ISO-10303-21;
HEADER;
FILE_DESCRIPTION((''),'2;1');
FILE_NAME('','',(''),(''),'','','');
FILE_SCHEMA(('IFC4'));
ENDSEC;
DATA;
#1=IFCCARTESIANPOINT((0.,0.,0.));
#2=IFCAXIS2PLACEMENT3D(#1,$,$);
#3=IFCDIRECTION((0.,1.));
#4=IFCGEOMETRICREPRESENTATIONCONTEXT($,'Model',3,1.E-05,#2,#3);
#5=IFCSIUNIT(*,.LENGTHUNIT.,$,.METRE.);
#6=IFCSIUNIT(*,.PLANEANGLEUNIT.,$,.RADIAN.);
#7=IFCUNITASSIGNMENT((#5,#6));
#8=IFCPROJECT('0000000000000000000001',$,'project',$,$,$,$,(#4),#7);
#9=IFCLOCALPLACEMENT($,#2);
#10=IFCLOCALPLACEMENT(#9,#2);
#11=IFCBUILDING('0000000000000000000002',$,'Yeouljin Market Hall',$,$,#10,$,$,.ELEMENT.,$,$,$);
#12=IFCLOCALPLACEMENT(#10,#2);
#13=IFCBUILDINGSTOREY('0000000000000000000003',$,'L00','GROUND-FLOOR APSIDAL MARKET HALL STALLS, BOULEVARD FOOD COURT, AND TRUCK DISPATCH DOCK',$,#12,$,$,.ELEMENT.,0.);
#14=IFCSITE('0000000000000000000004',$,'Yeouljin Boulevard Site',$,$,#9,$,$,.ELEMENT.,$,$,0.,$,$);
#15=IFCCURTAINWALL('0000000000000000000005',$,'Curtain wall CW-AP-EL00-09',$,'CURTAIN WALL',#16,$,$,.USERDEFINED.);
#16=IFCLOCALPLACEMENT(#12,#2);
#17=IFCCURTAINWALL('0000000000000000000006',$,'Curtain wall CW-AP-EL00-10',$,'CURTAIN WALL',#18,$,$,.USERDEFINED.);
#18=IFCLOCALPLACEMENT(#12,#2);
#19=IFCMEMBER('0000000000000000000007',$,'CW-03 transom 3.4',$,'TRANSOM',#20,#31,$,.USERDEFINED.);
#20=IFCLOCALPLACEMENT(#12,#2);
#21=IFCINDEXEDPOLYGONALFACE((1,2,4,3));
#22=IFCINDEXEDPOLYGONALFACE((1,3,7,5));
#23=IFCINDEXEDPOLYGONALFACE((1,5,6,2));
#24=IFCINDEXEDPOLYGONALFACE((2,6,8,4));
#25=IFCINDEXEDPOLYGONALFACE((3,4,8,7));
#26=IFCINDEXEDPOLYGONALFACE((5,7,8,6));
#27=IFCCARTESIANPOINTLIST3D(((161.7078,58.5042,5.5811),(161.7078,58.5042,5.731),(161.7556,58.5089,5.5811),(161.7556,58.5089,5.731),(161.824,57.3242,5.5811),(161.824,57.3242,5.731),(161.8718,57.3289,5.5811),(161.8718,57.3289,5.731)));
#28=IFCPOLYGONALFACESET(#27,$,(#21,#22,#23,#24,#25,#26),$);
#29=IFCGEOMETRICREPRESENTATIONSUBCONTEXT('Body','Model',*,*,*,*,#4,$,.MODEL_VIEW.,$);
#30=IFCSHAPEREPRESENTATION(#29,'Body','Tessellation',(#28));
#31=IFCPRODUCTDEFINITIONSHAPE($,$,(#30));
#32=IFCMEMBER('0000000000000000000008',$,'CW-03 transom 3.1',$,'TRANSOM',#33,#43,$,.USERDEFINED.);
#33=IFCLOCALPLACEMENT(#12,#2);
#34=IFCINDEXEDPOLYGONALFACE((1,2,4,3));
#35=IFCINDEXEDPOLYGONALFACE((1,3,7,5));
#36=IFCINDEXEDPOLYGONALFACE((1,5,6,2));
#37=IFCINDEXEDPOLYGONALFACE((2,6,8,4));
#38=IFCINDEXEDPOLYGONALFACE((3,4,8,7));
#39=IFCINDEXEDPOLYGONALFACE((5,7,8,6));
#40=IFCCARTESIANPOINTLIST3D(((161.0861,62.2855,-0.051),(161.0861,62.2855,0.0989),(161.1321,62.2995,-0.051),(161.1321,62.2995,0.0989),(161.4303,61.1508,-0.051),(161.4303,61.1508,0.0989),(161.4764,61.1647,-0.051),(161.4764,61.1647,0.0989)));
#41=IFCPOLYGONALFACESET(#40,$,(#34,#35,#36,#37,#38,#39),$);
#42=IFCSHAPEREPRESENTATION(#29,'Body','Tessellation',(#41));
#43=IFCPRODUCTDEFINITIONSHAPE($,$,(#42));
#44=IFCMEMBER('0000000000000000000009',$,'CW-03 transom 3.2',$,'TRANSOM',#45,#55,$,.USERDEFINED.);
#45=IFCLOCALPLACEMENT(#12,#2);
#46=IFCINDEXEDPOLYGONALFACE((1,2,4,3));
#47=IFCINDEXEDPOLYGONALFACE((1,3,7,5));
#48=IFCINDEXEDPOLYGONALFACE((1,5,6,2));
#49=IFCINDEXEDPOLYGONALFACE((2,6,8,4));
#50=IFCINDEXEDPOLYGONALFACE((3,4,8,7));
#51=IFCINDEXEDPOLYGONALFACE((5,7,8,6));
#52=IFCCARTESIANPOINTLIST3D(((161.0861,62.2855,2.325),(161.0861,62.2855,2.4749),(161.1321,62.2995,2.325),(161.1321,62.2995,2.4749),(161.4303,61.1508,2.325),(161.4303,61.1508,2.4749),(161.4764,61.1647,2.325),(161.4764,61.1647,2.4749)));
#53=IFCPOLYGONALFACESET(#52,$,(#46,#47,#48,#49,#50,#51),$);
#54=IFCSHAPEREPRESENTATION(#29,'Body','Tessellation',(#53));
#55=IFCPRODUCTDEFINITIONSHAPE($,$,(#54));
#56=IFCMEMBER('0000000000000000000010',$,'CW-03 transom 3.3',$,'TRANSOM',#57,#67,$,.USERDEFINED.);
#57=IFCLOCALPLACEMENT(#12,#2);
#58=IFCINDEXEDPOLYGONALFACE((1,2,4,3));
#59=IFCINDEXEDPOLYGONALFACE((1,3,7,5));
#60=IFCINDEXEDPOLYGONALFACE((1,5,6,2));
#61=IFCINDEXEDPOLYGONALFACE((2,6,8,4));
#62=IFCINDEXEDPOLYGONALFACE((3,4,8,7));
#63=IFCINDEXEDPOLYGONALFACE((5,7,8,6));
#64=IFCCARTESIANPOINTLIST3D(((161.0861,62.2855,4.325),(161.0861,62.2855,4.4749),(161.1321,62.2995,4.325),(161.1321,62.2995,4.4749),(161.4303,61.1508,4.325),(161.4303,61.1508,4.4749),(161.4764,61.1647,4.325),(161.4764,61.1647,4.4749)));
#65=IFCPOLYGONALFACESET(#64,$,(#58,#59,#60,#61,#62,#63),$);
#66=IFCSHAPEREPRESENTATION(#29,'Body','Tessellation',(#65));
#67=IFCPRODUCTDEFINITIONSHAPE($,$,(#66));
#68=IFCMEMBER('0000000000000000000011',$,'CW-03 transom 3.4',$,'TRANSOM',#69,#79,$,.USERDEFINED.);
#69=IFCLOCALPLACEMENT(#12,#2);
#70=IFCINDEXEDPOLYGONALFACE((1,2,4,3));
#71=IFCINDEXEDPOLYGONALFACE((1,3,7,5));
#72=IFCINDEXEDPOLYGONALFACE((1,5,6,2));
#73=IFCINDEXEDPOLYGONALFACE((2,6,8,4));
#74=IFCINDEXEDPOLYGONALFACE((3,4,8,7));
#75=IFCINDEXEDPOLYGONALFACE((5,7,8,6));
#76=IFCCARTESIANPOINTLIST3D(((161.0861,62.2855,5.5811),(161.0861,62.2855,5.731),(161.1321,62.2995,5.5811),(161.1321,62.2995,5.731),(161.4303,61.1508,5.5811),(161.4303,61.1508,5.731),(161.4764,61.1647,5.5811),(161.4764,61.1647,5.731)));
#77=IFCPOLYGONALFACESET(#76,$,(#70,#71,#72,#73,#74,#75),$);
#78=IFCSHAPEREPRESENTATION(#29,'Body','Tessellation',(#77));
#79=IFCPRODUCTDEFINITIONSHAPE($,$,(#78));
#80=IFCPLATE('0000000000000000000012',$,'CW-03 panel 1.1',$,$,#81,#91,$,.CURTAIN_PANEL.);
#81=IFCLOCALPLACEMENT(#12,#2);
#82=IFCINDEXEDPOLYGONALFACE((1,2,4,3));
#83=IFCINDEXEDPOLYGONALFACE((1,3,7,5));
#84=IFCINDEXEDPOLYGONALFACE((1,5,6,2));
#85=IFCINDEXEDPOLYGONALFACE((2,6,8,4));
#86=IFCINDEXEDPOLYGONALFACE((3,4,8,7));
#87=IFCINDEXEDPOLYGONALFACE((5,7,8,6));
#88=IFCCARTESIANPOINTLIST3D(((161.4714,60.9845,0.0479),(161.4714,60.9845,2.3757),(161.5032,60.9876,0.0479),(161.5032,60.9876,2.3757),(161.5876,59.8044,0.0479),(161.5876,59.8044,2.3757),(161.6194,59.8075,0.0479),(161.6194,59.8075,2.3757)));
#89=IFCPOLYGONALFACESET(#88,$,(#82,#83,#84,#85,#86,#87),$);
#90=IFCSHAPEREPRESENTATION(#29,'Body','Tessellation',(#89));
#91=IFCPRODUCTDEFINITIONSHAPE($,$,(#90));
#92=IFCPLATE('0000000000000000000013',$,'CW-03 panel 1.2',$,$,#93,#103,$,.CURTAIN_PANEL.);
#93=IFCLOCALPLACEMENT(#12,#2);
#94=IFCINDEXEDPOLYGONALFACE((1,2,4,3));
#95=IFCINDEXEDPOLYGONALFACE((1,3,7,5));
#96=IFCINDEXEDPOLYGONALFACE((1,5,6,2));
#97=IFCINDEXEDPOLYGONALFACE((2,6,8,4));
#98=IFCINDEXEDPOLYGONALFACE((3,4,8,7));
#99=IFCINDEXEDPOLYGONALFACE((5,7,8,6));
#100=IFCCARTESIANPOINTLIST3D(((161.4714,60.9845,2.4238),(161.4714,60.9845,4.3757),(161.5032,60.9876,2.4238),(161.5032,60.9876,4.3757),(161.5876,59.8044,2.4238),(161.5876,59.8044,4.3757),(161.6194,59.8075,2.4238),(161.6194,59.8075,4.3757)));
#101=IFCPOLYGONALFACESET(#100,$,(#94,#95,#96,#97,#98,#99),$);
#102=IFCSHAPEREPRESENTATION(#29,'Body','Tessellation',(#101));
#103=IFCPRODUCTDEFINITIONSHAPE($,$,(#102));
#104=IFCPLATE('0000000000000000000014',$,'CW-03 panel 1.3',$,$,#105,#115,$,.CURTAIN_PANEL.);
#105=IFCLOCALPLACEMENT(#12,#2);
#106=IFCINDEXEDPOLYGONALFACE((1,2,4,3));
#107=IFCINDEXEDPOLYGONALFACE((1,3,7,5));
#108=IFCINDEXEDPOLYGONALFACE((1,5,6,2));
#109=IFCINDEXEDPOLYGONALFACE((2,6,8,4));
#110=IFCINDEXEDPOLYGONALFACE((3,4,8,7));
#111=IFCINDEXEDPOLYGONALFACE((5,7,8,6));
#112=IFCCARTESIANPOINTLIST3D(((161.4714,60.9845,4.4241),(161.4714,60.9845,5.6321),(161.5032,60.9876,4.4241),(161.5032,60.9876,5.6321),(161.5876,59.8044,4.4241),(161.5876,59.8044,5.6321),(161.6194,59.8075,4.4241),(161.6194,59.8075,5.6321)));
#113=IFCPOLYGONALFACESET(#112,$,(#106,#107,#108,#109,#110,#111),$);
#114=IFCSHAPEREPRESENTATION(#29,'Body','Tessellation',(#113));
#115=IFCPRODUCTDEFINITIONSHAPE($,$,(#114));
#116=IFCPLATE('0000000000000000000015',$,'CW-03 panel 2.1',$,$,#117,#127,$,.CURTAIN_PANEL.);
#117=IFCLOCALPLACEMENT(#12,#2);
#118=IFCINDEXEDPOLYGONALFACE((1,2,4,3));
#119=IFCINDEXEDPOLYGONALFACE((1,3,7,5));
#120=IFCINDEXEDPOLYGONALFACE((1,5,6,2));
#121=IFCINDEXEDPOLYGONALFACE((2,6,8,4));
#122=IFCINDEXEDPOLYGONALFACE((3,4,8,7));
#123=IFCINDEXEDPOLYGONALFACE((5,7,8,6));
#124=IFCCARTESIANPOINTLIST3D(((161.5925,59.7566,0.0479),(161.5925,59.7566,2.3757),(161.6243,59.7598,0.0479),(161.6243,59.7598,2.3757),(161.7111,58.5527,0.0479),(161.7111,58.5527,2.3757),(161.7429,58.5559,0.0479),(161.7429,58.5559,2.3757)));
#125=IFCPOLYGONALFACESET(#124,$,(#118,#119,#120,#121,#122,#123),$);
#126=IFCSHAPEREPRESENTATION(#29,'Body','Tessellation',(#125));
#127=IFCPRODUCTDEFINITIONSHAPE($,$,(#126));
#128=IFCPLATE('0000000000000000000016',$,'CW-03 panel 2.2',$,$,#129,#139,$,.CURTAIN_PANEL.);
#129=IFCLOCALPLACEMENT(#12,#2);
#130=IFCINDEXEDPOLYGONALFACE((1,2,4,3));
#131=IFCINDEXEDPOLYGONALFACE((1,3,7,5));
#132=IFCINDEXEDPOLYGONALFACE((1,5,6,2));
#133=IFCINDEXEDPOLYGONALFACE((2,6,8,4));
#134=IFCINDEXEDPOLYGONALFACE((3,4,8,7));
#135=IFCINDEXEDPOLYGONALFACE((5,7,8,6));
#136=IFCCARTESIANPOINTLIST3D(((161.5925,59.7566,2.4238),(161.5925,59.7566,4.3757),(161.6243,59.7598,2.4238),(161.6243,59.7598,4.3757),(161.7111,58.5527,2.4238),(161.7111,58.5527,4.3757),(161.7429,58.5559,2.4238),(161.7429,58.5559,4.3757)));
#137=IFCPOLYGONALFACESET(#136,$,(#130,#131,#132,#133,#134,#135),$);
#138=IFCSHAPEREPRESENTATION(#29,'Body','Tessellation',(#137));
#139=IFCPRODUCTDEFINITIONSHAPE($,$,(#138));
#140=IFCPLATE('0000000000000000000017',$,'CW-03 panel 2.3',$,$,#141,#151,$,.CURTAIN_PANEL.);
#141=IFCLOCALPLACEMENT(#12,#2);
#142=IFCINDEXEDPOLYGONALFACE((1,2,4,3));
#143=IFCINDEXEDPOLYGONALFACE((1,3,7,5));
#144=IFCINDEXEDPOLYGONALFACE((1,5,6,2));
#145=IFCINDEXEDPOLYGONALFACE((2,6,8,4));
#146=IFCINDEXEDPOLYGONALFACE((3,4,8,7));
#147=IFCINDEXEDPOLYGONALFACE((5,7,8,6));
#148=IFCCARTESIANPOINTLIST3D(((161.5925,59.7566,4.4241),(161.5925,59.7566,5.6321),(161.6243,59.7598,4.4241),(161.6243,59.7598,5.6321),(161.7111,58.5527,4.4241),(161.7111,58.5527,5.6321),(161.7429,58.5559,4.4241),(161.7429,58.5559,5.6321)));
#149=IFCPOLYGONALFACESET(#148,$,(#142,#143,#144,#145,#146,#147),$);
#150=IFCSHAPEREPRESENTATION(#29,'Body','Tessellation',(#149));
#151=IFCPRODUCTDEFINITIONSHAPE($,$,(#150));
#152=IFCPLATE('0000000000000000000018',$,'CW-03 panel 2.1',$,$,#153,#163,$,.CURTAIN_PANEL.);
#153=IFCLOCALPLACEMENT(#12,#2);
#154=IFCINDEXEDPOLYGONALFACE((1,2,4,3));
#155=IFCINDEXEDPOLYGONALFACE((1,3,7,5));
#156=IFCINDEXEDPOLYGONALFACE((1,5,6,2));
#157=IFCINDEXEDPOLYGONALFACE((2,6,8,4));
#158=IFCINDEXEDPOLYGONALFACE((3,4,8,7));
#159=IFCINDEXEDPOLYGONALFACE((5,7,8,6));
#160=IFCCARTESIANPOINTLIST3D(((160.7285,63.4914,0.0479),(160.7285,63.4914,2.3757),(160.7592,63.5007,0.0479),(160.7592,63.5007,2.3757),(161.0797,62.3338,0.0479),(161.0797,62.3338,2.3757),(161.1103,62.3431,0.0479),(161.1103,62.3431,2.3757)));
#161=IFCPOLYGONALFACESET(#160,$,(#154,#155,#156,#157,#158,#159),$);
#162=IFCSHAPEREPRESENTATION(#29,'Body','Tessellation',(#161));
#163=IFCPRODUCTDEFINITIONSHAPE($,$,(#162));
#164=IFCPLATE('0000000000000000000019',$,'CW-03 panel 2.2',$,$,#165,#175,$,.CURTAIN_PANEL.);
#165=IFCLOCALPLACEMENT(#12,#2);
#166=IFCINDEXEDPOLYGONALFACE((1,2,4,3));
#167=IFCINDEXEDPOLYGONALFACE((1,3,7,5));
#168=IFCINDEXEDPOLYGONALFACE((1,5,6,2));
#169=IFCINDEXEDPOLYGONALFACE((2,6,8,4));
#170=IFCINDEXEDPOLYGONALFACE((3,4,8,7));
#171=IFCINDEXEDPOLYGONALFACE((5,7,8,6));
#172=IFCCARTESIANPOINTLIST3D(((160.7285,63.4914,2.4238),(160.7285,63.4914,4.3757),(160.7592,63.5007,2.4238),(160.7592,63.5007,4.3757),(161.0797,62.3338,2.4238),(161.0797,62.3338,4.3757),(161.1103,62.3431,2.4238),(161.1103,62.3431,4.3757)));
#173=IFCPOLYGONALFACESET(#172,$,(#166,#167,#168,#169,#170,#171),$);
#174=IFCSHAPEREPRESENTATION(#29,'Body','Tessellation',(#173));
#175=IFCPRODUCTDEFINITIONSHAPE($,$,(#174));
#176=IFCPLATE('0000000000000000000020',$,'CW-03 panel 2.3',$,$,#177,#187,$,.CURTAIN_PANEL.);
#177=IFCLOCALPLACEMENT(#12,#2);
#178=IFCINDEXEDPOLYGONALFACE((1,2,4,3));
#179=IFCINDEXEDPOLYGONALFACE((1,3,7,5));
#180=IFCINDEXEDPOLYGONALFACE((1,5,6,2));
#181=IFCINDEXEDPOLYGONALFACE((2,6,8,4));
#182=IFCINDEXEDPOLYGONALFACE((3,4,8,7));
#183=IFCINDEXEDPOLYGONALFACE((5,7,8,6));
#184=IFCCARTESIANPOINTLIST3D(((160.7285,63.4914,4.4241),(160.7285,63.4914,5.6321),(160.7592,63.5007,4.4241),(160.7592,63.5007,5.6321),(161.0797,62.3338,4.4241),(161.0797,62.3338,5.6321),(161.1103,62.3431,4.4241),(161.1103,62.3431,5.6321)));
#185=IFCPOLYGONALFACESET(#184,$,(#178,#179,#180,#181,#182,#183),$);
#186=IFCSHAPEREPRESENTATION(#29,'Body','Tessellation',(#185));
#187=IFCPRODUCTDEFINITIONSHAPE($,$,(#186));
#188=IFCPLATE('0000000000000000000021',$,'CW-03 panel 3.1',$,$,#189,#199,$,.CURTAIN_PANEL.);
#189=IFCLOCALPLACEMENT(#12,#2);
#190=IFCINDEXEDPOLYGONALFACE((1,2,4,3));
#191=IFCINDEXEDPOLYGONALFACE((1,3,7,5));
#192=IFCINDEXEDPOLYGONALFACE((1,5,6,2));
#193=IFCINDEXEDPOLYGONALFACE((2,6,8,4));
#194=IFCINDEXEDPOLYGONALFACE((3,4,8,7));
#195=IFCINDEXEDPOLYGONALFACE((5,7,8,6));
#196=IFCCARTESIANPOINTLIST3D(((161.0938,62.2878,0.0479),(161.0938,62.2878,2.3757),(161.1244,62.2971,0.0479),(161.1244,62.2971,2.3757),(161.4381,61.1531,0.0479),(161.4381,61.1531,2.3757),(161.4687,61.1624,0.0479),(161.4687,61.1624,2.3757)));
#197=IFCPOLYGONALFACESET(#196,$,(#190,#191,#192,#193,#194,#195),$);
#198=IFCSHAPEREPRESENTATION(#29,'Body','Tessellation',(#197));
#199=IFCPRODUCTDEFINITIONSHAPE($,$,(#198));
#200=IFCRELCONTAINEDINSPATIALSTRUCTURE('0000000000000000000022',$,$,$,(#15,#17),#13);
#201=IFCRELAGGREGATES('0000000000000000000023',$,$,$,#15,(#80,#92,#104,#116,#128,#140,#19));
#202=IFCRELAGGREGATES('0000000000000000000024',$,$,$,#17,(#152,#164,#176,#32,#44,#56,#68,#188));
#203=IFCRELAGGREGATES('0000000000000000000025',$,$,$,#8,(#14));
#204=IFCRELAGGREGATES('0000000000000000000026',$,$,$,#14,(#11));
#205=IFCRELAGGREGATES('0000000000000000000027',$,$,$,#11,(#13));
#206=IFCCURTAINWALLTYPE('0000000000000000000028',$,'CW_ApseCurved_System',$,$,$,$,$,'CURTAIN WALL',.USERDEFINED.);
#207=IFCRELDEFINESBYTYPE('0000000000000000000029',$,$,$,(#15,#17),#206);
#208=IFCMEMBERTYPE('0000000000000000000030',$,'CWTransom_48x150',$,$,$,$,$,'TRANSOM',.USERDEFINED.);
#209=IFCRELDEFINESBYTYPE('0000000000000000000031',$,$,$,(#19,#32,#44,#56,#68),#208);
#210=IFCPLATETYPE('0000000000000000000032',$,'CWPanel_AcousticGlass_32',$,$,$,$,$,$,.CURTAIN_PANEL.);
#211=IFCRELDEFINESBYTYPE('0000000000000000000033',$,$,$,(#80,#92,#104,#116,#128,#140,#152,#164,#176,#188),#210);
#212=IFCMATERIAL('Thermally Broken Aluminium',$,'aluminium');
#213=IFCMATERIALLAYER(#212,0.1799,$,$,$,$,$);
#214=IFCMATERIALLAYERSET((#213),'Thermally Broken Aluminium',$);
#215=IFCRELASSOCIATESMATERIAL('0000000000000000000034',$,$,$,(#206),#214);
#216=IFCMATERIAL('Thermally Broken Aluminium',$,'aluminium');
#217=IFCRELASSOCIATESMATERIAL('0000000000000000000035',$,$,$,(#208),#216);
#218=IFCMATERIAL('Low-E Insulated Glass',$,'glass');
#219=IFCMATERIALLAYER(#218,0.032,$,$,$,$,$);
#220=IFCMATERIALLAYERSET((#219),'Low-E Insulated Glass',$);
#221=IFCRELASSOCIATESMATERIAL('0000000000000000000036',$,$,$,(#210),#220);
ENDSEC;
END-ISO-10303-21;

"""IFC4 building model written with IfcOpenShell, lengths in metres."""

from ifc_helpers import new_model, si_unit, direction, frame, origin, origin_2d, place, context, subcontext, project, spatial, rectangle, extrude, material, layer, layer_set, material_profile, profile_set, type_object, element, aggregate, save


model = new_model("IFC4")

# Units and contexts
model_context = context("Model", 3, precision=1e-05, world=origin(), true_north=direction((0.0, 1.0)))
body_context = subcontext(model_context, "Body", "Model", "MODEL_VIEW")
ifc_project = project(units=[si_unit("LENGTHUNIT", "METRE"), si_unit("PLANEANGLEUNIT", "RADIAN")], contexts=[model_context])

# Site, building, storey
site_placement = place(None, origin())
site = spatial("IfcSite", under=ifc_project, at=site_placement, Name="Yeouljin Boulevard Site", CompositionType="ELEMENT", RefElevation=0.0)
building_placement = place(site_placement, origin())
building = spatial("IfcBuilding", under=site, at=building_placement, Name="Yeouljin Market Hall", CompositionType="ELEMENT")
storey_placement = place(building_placement, origin())
storey = spatial("IfcBuildingStorey", under=building, at=storey_placement, Name="L00", Description="GROUND-FLOOR APSIDAL MARKET HALL STALLS, BOULEVARD FOOD COURT, AND TRUCK DISPATCH DOCK", CompositionType="ELEMENT", Elevation=0.0)

# Curtain walls
ifc_material_1 = material(Name="Thermally Broken Aluminium", Category="aluminium")
ifc_layer_1 = layer(ifc_material_1, 0.1799)
ifc_layer_set_1 = layer_set([ifc_layer_1], Name="Thermally Broken Aluminium")
curtain_wall_type = type_object("IfcCurtainWallType", Name="CW_ApseCurved_System", ElementType="CURTAIN WALL", PredefinedType="USERDEFINED", material=ifc_layer_set_1)
curtain_wall_1_placement = place(storey_placement, origin())
curtain_wall_1 = element("IfcCurtainWall", 1, at=curtain_wall_1_placement, inside=storey, type_object=curtain_wall_type, Name="Curtain wall CW-AP-EL00-09", ObjectType="CURTAIN WALL", PredefinedType="USERDEFINED")
curtain_wall_2_placement = place(storey_placement, origin())
curtain_wall_2 = element("IfcCurtainWall", 2, at=curtain_wall_2_placement, inside=storey, type_object=curtain_wall_type, Name="Curtain wall CW-AP-EL00-10", ObjectType="CURTAIN WALL", PredefinedType="USERDEFINED")

# Members
ifc_material_2 = material(Name="Thermally Broken Aluminium", Category="aluminium")
ifc_material_profile_1 = material_profile(ifc_material_2, rectangle(XDim=0.0481, YDim=0.1499, at=origin_2d()), Name="CW-TRAN-48x150")
ifc_profile_set_1 = profile_set([ifc_material_profile_1], Name="Thermally Broken Aluminium")
member_type_1 = type_object("IfcMemberType", Name="CWTransom_48x150", ElementType="TRANSOM", PredefinedType="USERDEFINED", material=ifc_profile_set_1)
member_1_placement = place(storey_placement, frame((161.7317, 58.5066, 5.656), z_axis=(0.097995, -0.995187, 0.0), x_axis=(0.995187, 0.097995, 0.0)))
member_1 = element("IfcMember", 3, at=member_1_placement, type_object=member_type_1, Name="CW-03 transom 3.4", ObjectType="TRANSOM", PredefinedType="USERDEFINED", context=body_context, shape_type="SweptSolid", body=[
    extrude(rectangle(XDim=0.0481, YDim=0.1499, at=origin_2d()), origin(), (0.0, 0.0, 1.0), 1.1858),
])
member_2_placement = place(storey_placement, frame((161.1091, 62.2925, 0.0239), z_axis=(0.290293, -0.956938, 0.0), x_axis=(0.956938, 0.290293, 0.0)))
member_2 = element("IfcMember", 4, at=member_2_placement, type_object=member_type_1, Name="CW-03 transom 3.1", ObjectType="TRANSOM", PredefinedType="USERDEFINED", context=body_context, shape_type="SweptSolid", body=[
    extrude(rectangle(XDim=0.0481, YDim=0.1499, at=origin_2d()), origin(), (0.0, 0.0, 1.0), 1.1858),
])
member_3_placement = place(storey_placement, frame((161.1091, 62.2925, 2.3999), z_axis=(0.290293, -0.956938, 0.0), x_axis=(0.956938, 0.290293, 0.0)))
member_3 = element("IfcMember", 5, at=member_3_placement, type_object=member_type_1, Name="CW-03 transom 3.2", ObjectType="TRANSOM", PredefinedType="USERDEFINED", context=body_context, shape_type="SweptSolid", body=[
    extrude(rectangle(XDim=0.0481, YDim=0.1499, at=origin_2d()), origin(), (0.0, 0.0, 1.0), 1.1858),
])
member_4_placement = place(storey_placement, frame((161.1091, 62.2925, 4.3999), z_axis=(0.290293, -0.956938, 0.0), x_axis=(0.956938, 0.290293, 0.0)))
member_4 = element("IfcMember", 6, at=member_4_placement, type_object=member_type_1, Name="CW-03 transom 3.3", ObjectType="TRANSOM", PredefinedType="USERDEFINED", context=body_context, shape_type="SweptSolid", body=[
    extrude(rectangle(XDim=0.0481, YDim=0.1499, at=origin_2d()), origin(), (0.0, 0.0, 1.0), 1.1858),
])
member_5_placement = place(storey_placement, frame((161.1091, 62.2925, 5.656), z_axis=(0.290293, -0.956938, 0.0), x_axis=(0.956938, 0.290293, 0.0)))
member_5 = element("IfcMember", 7, at=member_5_placement, type_object=member_type_1, Name="CW-03 transom 3.4", ObjectType="TRANSOM", PredefinedType="USERDEFINED", context=body_context, shape_type="SweptSolid", body=[
    extrude(rectangle(XDim=0.0481, YDim=0.1499, at=origin_2d()), origin(), (0.0, 0.0, 1.0), 1.1858),
])

# Plates
ifc_material_3 = material(Name="Low-E Insulated Glass", Category="glass")
ifc_layer_2 = layer(ifc_material_3, 0.032)
ifc_layer_set_2 = layer_set([ifc_layer_2], Name="Low-E Insulated Glass")
plate_type = type_object("IfcPlateType", Name="CWPanel_AcousticGlass_32", PredefinedType="CURTAIN_PANEL", material=ifc_layer_set_2)
plate_1_placement = place(storey_placement, frame((161.5454, 60.396, 0.0479), z_axis=(0.0, 0.0, 1.0), x_axis=(0.098034, -0.995183, 0.0)))
plate_1 = element("IfcPlate", 8, at=plate_1_placement, type_object=plate_type, Name="CW-03 panel 1.1", PredefinedType="CURTAIN_PANEL", context=body_context, shape_type="SweptSolid", body=[
    extrude(rectangle(XDim=1.1858, YDim=0.032, at=origin_2d()), origin(), (0.0, 0.0, 1.0), 2.3279),
])
plate_2_placement = place(storey_placement, frame((161.5454, 60.396, 2.4238), z_axis=(0.0, 0.0, 1.0), x_axis=(0.098034, -0.995183, 0.0)))
plate_2 = element("IfcPlate", 9, at=plate_2_placement, type_object=plate_type, Name="CW-03 panel 1.2", PredefinedType="CURTAIN_PANEL", context=body_context, shape_type="SweptSolid", body=[
    extrude(rectangle(XDim=1.1858, YDim=0.032, at=origin_2d()), origin(), (0.0, 0.0, 1.0), 1.9519),
])
plate_3_placement = place(storey_placement, frame((161.5454, 60.396, 4.4241), z_axis=(0.0, 0.0, 1.0), x_axis=(0.098034, -0.995183, 0.0)))
plate_3 = element("IfcPlate", 10, at=plate_3_placement, type_object=plate_type, Name="CW-03 panel 1.3", PredefinedType="CURTAIN_PANEL", context=body_context, shape_type="SweptSolid", body=[
    extrude(rectangle(XDim=1.1858, YDim=0.032, at=origin_2d()), origin(), (0.0, 0.0, 1.0), 1.208),
])
plate_4_placement = place(storey_placement, frame((161.6677, 59.1562, 0.0479), z_axis=(0.0, 0.0, 1.0), x_axis=(0.098034, -0.995183, 0.0)))
plate_4 = element("IfcPlate", 11, at=plate_4_placement, type_object=plate_type, Name="CW-03 panel 2.1", PredefinedType="CURTAIN_PANEL", context=body_context, shape_type="SweptSolid", body=[
    extrude(rectangle(XDim=1.2097, YDim=0.032, at=origin_2d()), origin(), (0.0, 0.0, 1.0), 2.3279),
])
plate_5_placement = place(storey_placement, frame((161.6677, 59.1562, 2.4238), z_axis=(0.0, 0.0, 1.0), x_axis=(0.098034, -0.995183, 0.0)))
plate_5 = element("IfcPlate", 12, at=plate_5_placement, type_object=plate_type, Name="CW-03 panel 2.2", PredefinedType="CURTAIN_PANEL", context=body_context, shape_type="SweptSolid", body=[
    extrude(rectangle(XDim=1.2097, YDim=0.032, at=origin_2d()), origin(), (0.0, 0.0, 1.0), 1.9519),
])
plate_6_placement = place(storey_placement, frame((161.6677, 59.1562, 4.4241), z_axis=(0.0, 0.0, 1.0), x_axis=(0.098034, -0.995183, 0.0)))
plate_6 = element("IfcPlate", 13, at=plate_6_placement, type_object=plate_type, Name="CW-03 panel 2.3", PredefinedType="CURTAIN_PANEL", context=body_context, shape_type="SweptSolid", body=[
    extrude(rectangle(XDim=1.2097, YDim=0.032, at=origin_2d()), origin(), (0.0, 0.0, 1.0), 1.208),
])
aggregate(curtain_wall_1, [plate_1, plate_2, plate_3, plate_4, plate_5, plate_6, member_1])
plate_7_placement = place(storey_placement, frame((160.9194, 62.9172, 0.0479), z_axis=(0.0, 0.0, 1.0), x_axis=(0.290286, -0.95694, 0.0)))
plate_7 = element("IfcPlate", 14, at=plate_7_placement, type_object=plate_type, Name="CW-03 panel 2.1", PredefinedType="CURTAIN_PANEL", context=body_context, shape_type="SweptSolid", body=[
    extrude(rectangle(XDim=1.2097, YDim=0.032, at=origin_2d()), origin(), (0.0, 0.0, 1.0), 2.3279),
])
plate_8_placement = place(storey_placement, frame((160.9194, 62.9172, 2.4238), z_axis=(0.0, 0.0, 1.0), x_axis=(0.290286, -0.95694, 0.0)))
plate_8 = element("IfcPlate", 15, at=plate_8_placement, type_object=plate_type, Name="CW-03 panel 2.2", PredefinedType="CURTAIN_PANEL", context=body_context, shape_type="SweptSolid", body=[
    extrude(rectangle(XDim=1.2097, YDim=0.032, at=origin_2d()), origin(), (0.0, 0.0, 1.0), 1.9519),
])
plate_9_placement = place(storey_placement, frame((160.9194, 62.9172, 4.4241), z_axis=(0.0, 0.0, 1.0), x_axis=(0.290286, -0.95694, 0.0)))
plate_9 = element("IfcPlate", 16, at=plate_9_placement, type_object=plate_type, Name="CW-03 panel 2.3", PredefinedType="CURTAIN_PANEL", context=body_context, shape_type="SweptSolid", body=[
    extrude(rectangle(XDim=1.2097, YDim=0.032, at=origin_2d()), origin(), (0.0, 0.0, 1.0), 1.208),
])
plate_10_placement = place(storey_placement, frame((161.2812, 61.7251, 0.0479), z_axis=(0.0, 0.0, 1.0), x_axis=(0.290286, -0.95694, 0.0)))
plate_10 = element("IfcPlate", 17, at=plate_10_placement, type_object=plate_type, Name="CW-03 panel 3.1", PredefinedType="CURTAIN_PANEL", context=body_context, shape_type="SweptSolid", body=[
    extrude(rectangle(XDim=1.1858, YDim=0.032, at=origin_2d()), origin(), (0.0, 0.0, 1.0), 2.3279),
])
aggregate(curtain_wall_2, [plate_7, plate_8, plate_9, member_2, member_3, member_4, member_5, plate_10])

save(model, "model.ifc")
